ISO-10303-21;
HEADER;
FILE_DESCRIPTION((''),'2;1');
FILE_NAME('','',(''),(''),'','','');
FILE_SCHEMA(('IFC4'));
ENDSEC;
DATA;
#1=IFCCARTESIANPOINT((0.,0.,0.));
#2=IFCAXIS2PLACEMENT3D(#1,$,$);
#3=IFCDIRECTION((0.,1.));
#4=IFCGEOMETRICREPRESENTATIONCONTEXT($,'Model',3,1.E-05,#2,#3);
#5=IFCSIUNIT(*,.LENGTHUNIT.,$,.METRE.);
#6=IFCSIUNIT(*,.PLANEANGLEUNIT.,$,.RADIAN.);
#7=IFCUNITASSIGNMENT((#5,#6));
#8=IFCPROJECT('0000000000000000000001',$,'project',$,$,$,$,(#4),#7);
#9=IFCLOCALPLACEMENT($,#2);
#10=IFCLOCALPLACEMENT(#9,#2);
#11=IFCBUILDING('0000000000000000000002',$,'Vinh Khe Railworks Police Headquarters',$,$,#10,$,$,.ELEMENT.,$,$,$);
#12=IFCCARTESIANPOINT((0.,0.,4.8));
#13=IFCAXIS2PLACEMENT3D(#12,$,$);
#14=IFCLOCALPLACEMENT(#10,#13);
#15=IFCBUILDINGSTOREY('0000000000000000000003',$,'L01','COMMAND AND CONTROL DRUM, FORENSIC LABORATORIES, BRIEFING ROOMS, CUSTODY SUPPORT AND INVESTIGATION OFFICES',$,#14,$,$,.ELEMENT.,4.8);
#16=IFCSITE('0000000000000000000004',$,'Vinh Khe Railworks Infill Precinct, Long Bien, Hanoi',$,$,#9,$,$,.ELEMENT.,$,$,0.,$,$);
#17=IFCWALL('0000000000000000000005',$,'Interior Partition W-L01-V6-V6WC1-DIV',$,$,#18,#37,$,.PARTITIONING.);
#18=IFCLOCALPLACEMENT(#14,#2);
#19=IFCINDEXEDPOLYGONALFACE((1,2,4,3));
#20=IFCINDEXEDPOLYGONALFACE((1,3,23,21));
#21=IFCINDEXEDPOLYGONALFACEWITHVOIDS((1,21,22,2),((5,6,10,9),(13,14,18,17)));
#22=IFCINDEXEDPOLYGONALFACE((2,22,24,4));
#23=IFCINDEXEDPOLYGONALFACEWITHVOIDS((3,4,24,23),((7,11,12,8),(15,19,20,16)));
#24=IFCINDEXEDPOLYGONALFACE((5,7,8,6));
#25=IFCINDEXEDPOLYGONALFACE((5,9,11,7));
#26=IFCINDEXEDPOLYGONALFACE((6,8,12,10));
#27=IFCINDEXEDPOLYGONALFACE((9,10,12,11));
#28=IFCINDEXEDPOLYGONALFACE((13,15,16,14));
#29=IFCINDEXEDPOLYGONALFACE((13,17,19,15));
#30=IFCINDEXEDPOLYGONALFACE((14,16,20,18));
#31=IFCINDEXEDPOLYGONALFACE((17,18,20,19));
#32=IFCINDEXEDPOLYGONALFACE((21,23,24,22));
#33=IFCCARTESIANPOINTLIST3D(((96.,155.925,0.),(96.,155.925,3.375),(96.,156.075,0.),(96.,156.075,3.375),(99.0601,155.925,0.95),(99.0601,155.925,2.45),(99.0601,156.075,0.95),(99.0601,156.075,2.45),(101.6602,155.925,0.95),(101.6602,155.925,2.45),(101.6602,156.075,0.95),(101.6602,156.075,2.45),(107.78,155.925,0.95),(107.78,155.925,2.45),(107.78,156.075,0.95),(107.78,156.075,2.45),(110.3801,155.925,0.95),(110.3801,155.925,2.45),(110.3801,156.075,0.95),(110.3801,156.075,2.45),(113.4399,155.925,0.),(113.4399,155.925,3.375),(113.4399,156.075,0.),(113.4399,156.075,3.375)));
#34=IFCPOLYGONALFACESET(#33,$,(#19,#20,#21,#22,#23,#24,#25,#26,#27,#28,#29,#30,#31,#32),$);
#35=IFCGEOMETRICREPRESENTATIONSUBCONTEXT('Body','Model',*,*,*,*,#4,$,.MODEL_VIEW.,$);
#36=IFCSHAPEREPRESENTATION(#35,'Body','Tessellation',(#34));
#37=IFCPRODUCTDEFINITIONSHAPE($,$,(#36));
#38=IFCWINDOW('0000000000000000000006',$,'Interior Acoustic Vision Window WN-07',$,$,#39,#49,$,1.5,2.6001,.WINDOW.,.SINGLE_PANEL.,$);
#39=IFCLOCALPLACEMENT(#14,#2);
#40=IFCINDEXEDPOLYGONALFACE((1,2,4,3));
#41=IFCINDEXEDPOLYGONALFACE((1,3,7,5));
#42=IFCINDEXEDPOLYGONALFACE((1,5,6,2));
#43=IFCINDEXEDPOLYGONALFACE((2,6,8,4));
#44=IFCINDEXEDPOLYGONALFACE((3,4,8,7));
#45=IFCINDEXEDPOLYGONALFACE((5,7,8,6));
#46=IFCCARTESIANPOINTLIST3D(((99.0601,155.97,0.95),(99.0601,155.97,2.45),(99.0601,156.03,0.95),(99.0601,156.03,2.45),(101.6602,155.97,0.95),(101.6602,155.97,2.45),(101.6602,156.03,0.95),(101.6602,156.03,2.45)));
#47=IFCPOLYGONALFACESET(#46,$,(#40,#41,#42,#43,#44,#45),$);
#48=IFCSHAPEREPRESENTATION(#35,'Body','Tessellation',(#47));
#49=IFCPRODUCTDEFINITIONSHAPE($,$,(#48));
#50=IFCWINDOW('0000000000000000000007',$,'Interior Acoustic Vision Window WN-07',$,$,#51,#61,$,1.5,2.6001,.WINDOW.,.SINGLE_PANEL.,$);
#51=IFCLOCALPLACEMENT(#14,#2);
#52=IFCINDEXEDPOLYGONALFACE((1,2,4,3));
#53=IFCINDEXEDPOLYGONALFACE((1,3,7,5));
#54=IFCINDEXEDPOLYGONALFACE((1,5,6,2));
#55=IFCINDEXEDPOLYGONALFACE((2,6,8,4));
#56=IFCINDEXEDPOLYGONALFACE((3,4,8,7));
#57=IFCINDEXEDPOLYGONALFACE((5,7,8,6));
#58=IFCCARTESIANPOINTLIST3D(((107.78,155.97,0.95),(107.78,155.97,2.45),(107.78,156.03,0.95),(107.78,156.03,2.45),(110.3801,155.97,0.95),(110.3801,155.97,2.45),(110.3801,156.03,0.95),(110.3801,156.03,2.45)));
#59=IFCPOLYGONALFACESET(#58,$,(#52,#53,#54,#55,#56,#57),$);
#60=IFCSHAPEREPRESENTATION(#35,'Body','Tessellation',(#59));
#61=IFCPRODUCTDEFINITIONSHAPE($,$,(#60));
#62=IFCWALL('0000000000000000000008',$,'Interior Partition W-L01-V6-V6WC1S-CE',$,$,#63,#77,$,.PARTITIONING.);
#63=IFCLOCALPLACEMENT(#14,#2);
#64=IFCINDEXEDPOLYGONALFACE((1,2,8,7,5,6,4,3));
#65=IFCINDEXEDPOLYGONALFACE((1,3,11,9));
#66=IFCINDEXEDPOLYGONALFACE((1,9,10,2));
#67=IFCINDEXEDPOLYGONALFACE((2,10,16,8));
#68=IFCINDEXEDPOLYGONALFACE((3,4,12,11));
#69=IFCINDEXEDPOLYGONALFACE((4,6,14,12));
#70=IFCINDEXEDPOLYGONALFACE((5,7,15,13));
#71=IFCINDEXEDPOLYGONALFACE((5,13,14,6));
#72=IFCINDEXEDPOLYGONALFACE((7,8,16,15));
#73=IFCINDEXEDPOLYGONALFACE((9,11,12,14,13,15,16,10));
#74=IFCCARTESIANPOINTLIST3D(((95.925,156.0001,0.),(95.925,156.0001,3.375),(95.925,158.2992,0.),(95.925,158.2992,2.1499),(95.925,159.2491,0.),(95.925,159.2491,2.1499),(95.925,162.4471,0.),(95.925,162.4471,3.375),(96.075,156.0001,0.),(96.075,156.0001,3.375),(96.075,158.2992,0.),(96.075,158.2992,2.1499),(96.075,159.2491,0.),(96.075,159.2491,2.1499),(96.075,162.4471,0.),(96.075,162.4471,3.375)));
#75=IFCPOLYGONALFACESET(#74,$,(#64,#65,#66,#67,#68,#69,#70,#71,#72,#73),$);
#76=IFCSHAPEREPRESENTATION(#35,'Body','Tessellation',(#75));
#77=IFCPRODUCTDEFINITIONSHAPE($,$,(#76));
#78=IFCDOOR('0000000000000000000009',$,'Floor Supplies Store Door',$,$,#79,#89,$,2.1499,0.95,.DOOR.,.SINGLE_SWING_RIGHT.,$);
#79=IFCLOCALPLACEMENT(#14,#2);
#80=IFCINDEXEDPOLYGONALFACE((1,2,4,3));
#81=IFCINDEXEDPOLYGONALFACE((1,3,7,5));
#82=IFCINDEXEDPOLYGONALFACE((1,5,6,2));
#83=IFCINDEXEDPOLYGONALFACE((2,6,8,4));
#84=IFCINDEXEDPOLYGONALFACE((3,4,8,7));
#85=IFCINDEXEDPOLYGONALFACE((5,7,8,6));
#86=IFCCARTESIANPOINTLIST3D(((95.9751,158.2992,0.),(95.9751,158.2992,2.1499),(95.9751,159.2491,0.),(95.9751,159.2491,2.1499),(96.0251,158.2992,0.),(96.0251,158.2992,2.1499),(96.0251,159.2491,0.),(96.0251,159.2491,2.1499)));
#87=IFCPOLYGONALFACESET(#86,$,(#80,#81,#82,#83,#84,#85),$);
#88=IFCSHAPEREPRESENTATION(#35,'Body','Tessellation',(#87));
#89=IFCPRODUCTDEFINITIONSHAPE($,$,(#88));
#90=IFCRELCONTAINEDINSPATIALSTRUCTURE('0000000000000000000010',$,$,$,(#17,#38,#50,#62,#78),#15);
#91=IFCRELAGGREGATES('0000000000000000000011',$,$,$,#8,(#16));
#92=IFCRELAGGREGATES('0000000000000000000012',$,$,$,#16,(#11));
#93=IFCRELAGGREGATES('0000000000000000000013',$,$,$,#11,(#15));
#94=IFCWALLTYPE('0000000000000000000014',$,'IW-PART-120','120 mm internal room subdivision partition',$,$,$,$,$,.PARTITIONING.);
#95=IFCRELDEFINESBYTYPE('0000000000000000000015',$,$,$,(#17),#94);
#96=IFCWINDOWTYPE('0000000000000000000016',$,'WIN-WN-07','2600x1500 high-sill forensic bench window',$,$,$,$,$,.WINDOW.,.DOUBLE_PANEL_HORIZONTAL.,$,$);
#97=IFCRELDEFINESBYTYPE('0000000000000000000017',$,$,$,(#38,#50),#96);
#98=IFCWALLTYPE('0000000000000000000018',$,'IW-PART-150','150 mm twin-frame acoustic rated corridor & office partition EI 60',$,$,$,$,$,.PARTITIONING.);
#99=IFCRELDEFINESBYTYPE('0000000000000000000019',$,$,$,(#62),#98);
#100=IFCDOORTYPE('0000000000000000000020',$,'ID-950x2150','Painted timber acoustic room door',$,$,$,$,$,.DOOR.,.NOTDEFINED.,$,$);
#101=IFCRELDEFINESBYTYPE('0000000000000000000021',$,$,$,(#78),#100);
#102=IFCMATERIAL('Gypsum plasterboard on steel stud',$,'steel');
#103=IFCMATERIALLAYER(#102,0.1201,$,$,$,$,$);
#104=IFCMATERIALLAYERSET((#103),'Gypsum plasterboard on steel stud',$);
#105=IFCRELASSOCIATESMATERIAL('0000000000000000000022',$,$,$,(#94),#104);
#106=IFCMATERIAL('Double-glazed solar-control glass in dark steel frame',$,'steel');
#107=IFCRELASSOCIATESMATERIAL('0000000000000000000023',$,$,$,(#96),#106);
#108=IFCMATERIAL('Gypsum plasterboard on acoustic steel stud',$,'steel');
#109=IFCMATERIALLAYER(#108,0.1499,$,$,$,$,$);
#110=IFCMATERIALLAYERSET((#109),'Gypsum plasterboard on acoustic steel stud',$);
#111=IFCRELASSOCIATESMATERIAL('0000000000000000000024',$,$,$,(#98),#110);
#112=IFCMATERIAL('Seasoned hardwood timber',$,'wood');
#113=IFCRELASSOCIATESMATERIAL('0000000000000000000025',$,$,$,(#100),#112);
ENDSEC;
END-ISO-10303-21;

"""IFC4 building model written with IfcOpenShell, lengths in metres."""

from ifc_helpers import new_model, si_unit, direction, frame, frame_2d, origin, place, context, subcontext, project, spatial, rectangle, extrude, material, layer, layer_set, type_object, element, fill, save


model = new_model("IFC4")

# Units and contexts
model_context = context("Model", 3, precision=1e-05, world=origin(), true_north=direction((0.0, 1.0)))
body_context = subcontext(model_context, "Body", "Model", "MODEL_VIEW")
ifc_project = project(units=[si_unit("LENGTHUNIT", "METRE"), si_unit("PLANEANGLEUNIT", "RADIAN")], contexts=[model_context])

# Site, building, storey
site_placement = place(None, origin())
site = spatial("IfcSite", under=ifc_project, at=site_placement, Name="Vinh Khe Railworks Infill Precinct, Long Bien, Hanoi", CompositionType="ELEMENT", RefElevation=0.0)
building_placement = place(site_placement, origin())
building = spatial("IfcBuilding", under=site, at=building_placement, Name="Vinh Khe Railworks Police Headquarters", CompositionType="ELEMENT")
storey_placement = place(building_placement, frame((0.0, 0.0, 4.8)))
storey = spatial("IfcBuildingStorey", under=building, at=storey_placement, Name="L01", Description="COMMAND AND CONTROL DRUM, FORENSIC LABORATORIES, BRIEFING ROOMS, CUSTODY SUPPORT AND INVESTIGATION OFFICES", CompositionType="ELEMENT", Elevation=4.8)

# Shared definitions
ifc_material_1 = material(Name="Double-glazed solar-control glass in dark steel frame", Category="steel")

# Shared definitions
ifc_material_2 = material(Name="Gypsum plasterboard on steel stud", Category="steel")
ifc_layer_1 = layer(ifc_material_2, 0.1201)
ifc_layer_set_1 = layer_set([ifc_layer_1], Name="Gypsum plasterboard on steel stud")
wall_type_1 = type_object("IfcWallType", Name="IW-PART-120", Description="120 mm internal room subdivision partition", PredefinedType="PARTITIONING", material=ifc_layer_set_1)

# Wall, openings, windows
wall_1_placement = place(storey_placement, frame((96.0, 156.0, 0.0), z_axis=(0.0, 0.0, 1.0), x_axis=(1.0, 0.0, 0.0)))
wall_1 = element("IfcWall", 1, at=wall_1_placement, inside=storey, type_object=wall_type_1, Name="Interior Partition W-L01-V6-V6WC1-DIV", PredefinedType="PARTITIONING", context=body_context, shape_type="SweptSolid", body=[
    extrude(rectangle(XDim=17.4399, YDim=0.1499, at=frame_2d((8.72, 0.0))), origin(), (0.0, 0.0, 1.0), 3.375),
])
opening_1_placement = place(wall_1_placement, frame((3.0601, 0.0, 0.95)))
opening_1 = element("IfcOpeningElement", 2, at=opening_1_placement, cuts=wall_1, PredefinedType="OPENING", context=body_context, shape_type="SweptSolid", body=[
    extrude(rectangle(XDim=2.6001, YDim=1.5, at=frame_2d((1.3, 0.75))), frame((0.0, 0.0898, 0.0), z_axis=(0.0, -1.0, 0.0), x_axis=(1.0, 0.0, 0.0)), (0.0, 0.0, 1.0), 0.1797),
])
opening_2_placement = place(wall_1_placement, frame((11.78, 0.0, 0.95)))
opening_2 = element("IfcOpeningElement", 3, at=opening_2_placement, cuts=wall_1, PredefinedType="OPENING", context=body_context, shape_type="SweptSolid", body=[
    extrude(rectangle(XDim=2.6001, YDim=1.5, at=frame_2d((1.3, 0.75))), frame((0.0, 0.0898, 0.0), z_axis=(0.0, -1.0, 0.0), x_axis=(1.0, 0.0, 0.0)), (0.0, 0.0, 1.0), 0.1797),
])
window_type_1 = type_object("IfcWindowType", Name="WIN-WN-07", Description="2600x1500 high-sill forensic bench window", PartitioningType="DOUBLE_PANEL_HORIZONTAL", PredefinedType="WINDOW", material=ifc_material_1)
window_1_placement = place(opening_1_placement, origin())
window_1 = element("IfcWindow", 4, at=window_1_placement, inside=storey, type_object=window_type_1, Name="Interior Acoustic Vision Window WN-07", OverallHeight=1.5, OverallWidth=2.6001, PartitioningType="SINGLE_PANEL", PredefinedType="WINDOW", context=body_context, shape_type="SweptSolid", body=[
    extrude(rectangle(XDim=2.6001, YDim=1.5, at=frame_2d((1.3, 0.75))), frame((0.0, 0.03, 0.0), z_axis=(0.0, -1.0, 0.0), x_axis=(1.0, 0.0, 0.0)), (0.0, 0.0, 1.0), 0.0601),
])
fill(opening_1, window_1)
window_2_placement = place(opening_2_placement, origin())
window_2 = element("IfcWindow", 5, at=window_2_placement, inside=storey, type_object=window_type_1, Name="Interior Acoustic Vision Window WN-07", OverallHeight=1.5, OverallWidth=2.6001, PartitioningType="SINGLE_PANEL", PredefinedType="WINDOW", context=body_context, shape_type="SweptSolid", body=[
    extrude(rectangle(XDim=2.6001, YDim=1.5, at=frame_2d((1.3, 0.75))), frame((0.0, 0.03, 0.0), z_axis=(0.0, -1.0, 0.0), x_axis=(1.0, 0.0, 0.0)), (0.0, 0.0, 1.0), 0.0601),
])
fill(opening_2, window_2)

# Wall, opening, door
ifc_material_3 = material(Name="Gypsum plasterboard on acoustic steel stud", Category="steel")
ifc_layer_2 = layer(ifc_material_3, 0.1499)
ifc_layer_set_2 = layer_set([ifc_layer_2], Name="Gypsum plasterboard on acoustic steel stud")
wall_type_2 = type_object("IfcWallType", Name="IW-PART-150", Description="150 mm twin-frame acoustic rated corridor & office partition EI 60", PredefinedType="PARTITIONING", material=ifc_layer_set_2)
wall_2_placement = place(storey_placement, frame((96.0, 156.0, 0.0), z_axis=(0.0, 0.0, 1.0), x_axis=(0.0, 1.0, 0.0)))
wall_2 = element("IfcWall", 6, at=wall_2_placement, inside=storey, type_object=wall_type_2, Name="Interior Partition W-L01-V6-V6WC1S-CE", PredefinedType="PARTITIONING", context=body_context, shape_type="SweptSolid", body=[
    extrude(rectangle(XDim=6.447, YDim=0.1499, at=frame_2d((3.2236, 0.0))), origin(), (0.0, 0.0, 1.0), 3.375),
])
opening_3_placement = place(wall_2_placement, frame((2.2991, 0.0, 0.0)))
opening_3 = element("IfcOpeningElement", 7, at=opening_3_placement, cuts=wall_2, PredefinedType="OPENING", context=body_context, shape_type="SweptSolid", body=[
    extrude(rectangle(XDim=0.95, YDim=2.1499, at=frame_2d((0.4751, 1.075))), frame((0.0, 0.0898, 0.0), z_axis=(0.0, -1.0, 0.0), x_axis=(1.0, 0.0, 0.0)), (0.0, 0.0, 1.0), 0.1797),
])
ifc_material_4 = material(Name="Seasoned hardwood timber", Category="wood")
door_type_1 = type_object("IfcDoorType", Name="ID-950x2150", Description="Painted timber acoustic room door", OperationType="NOTDEFINED", PredefinedType="DOOR", material=ifc_material_4)
door_1_placement = place(opening_3_placement, origin())
door_1 = element("IfcDoor", 8, at=door_1_placement, inside=storey, type_object=door_type_1, Name="Floor Supplies Store Door", OperationType="SINGLE_SWING_RIGHT", OverallHeight=2.1499, OverallWidth=0.95, PredefinedType="DOOR", context=body_context, shape_type="SweptSolid", body=[
    extrude(rectangle(XDim=0.95, YDim=2.1499, at=frame_2d((0.4751, 1.075))), frame((0.0, 0.0249, 0.0), z_axis=(0.0, -1.0, 0.0), x_axis=(1.0, 0.0, 0.0)), (0.0, 0.0, 1.0), 0.05),
])
fill(opening_3, door_1)

save(model, "model.ifc")
